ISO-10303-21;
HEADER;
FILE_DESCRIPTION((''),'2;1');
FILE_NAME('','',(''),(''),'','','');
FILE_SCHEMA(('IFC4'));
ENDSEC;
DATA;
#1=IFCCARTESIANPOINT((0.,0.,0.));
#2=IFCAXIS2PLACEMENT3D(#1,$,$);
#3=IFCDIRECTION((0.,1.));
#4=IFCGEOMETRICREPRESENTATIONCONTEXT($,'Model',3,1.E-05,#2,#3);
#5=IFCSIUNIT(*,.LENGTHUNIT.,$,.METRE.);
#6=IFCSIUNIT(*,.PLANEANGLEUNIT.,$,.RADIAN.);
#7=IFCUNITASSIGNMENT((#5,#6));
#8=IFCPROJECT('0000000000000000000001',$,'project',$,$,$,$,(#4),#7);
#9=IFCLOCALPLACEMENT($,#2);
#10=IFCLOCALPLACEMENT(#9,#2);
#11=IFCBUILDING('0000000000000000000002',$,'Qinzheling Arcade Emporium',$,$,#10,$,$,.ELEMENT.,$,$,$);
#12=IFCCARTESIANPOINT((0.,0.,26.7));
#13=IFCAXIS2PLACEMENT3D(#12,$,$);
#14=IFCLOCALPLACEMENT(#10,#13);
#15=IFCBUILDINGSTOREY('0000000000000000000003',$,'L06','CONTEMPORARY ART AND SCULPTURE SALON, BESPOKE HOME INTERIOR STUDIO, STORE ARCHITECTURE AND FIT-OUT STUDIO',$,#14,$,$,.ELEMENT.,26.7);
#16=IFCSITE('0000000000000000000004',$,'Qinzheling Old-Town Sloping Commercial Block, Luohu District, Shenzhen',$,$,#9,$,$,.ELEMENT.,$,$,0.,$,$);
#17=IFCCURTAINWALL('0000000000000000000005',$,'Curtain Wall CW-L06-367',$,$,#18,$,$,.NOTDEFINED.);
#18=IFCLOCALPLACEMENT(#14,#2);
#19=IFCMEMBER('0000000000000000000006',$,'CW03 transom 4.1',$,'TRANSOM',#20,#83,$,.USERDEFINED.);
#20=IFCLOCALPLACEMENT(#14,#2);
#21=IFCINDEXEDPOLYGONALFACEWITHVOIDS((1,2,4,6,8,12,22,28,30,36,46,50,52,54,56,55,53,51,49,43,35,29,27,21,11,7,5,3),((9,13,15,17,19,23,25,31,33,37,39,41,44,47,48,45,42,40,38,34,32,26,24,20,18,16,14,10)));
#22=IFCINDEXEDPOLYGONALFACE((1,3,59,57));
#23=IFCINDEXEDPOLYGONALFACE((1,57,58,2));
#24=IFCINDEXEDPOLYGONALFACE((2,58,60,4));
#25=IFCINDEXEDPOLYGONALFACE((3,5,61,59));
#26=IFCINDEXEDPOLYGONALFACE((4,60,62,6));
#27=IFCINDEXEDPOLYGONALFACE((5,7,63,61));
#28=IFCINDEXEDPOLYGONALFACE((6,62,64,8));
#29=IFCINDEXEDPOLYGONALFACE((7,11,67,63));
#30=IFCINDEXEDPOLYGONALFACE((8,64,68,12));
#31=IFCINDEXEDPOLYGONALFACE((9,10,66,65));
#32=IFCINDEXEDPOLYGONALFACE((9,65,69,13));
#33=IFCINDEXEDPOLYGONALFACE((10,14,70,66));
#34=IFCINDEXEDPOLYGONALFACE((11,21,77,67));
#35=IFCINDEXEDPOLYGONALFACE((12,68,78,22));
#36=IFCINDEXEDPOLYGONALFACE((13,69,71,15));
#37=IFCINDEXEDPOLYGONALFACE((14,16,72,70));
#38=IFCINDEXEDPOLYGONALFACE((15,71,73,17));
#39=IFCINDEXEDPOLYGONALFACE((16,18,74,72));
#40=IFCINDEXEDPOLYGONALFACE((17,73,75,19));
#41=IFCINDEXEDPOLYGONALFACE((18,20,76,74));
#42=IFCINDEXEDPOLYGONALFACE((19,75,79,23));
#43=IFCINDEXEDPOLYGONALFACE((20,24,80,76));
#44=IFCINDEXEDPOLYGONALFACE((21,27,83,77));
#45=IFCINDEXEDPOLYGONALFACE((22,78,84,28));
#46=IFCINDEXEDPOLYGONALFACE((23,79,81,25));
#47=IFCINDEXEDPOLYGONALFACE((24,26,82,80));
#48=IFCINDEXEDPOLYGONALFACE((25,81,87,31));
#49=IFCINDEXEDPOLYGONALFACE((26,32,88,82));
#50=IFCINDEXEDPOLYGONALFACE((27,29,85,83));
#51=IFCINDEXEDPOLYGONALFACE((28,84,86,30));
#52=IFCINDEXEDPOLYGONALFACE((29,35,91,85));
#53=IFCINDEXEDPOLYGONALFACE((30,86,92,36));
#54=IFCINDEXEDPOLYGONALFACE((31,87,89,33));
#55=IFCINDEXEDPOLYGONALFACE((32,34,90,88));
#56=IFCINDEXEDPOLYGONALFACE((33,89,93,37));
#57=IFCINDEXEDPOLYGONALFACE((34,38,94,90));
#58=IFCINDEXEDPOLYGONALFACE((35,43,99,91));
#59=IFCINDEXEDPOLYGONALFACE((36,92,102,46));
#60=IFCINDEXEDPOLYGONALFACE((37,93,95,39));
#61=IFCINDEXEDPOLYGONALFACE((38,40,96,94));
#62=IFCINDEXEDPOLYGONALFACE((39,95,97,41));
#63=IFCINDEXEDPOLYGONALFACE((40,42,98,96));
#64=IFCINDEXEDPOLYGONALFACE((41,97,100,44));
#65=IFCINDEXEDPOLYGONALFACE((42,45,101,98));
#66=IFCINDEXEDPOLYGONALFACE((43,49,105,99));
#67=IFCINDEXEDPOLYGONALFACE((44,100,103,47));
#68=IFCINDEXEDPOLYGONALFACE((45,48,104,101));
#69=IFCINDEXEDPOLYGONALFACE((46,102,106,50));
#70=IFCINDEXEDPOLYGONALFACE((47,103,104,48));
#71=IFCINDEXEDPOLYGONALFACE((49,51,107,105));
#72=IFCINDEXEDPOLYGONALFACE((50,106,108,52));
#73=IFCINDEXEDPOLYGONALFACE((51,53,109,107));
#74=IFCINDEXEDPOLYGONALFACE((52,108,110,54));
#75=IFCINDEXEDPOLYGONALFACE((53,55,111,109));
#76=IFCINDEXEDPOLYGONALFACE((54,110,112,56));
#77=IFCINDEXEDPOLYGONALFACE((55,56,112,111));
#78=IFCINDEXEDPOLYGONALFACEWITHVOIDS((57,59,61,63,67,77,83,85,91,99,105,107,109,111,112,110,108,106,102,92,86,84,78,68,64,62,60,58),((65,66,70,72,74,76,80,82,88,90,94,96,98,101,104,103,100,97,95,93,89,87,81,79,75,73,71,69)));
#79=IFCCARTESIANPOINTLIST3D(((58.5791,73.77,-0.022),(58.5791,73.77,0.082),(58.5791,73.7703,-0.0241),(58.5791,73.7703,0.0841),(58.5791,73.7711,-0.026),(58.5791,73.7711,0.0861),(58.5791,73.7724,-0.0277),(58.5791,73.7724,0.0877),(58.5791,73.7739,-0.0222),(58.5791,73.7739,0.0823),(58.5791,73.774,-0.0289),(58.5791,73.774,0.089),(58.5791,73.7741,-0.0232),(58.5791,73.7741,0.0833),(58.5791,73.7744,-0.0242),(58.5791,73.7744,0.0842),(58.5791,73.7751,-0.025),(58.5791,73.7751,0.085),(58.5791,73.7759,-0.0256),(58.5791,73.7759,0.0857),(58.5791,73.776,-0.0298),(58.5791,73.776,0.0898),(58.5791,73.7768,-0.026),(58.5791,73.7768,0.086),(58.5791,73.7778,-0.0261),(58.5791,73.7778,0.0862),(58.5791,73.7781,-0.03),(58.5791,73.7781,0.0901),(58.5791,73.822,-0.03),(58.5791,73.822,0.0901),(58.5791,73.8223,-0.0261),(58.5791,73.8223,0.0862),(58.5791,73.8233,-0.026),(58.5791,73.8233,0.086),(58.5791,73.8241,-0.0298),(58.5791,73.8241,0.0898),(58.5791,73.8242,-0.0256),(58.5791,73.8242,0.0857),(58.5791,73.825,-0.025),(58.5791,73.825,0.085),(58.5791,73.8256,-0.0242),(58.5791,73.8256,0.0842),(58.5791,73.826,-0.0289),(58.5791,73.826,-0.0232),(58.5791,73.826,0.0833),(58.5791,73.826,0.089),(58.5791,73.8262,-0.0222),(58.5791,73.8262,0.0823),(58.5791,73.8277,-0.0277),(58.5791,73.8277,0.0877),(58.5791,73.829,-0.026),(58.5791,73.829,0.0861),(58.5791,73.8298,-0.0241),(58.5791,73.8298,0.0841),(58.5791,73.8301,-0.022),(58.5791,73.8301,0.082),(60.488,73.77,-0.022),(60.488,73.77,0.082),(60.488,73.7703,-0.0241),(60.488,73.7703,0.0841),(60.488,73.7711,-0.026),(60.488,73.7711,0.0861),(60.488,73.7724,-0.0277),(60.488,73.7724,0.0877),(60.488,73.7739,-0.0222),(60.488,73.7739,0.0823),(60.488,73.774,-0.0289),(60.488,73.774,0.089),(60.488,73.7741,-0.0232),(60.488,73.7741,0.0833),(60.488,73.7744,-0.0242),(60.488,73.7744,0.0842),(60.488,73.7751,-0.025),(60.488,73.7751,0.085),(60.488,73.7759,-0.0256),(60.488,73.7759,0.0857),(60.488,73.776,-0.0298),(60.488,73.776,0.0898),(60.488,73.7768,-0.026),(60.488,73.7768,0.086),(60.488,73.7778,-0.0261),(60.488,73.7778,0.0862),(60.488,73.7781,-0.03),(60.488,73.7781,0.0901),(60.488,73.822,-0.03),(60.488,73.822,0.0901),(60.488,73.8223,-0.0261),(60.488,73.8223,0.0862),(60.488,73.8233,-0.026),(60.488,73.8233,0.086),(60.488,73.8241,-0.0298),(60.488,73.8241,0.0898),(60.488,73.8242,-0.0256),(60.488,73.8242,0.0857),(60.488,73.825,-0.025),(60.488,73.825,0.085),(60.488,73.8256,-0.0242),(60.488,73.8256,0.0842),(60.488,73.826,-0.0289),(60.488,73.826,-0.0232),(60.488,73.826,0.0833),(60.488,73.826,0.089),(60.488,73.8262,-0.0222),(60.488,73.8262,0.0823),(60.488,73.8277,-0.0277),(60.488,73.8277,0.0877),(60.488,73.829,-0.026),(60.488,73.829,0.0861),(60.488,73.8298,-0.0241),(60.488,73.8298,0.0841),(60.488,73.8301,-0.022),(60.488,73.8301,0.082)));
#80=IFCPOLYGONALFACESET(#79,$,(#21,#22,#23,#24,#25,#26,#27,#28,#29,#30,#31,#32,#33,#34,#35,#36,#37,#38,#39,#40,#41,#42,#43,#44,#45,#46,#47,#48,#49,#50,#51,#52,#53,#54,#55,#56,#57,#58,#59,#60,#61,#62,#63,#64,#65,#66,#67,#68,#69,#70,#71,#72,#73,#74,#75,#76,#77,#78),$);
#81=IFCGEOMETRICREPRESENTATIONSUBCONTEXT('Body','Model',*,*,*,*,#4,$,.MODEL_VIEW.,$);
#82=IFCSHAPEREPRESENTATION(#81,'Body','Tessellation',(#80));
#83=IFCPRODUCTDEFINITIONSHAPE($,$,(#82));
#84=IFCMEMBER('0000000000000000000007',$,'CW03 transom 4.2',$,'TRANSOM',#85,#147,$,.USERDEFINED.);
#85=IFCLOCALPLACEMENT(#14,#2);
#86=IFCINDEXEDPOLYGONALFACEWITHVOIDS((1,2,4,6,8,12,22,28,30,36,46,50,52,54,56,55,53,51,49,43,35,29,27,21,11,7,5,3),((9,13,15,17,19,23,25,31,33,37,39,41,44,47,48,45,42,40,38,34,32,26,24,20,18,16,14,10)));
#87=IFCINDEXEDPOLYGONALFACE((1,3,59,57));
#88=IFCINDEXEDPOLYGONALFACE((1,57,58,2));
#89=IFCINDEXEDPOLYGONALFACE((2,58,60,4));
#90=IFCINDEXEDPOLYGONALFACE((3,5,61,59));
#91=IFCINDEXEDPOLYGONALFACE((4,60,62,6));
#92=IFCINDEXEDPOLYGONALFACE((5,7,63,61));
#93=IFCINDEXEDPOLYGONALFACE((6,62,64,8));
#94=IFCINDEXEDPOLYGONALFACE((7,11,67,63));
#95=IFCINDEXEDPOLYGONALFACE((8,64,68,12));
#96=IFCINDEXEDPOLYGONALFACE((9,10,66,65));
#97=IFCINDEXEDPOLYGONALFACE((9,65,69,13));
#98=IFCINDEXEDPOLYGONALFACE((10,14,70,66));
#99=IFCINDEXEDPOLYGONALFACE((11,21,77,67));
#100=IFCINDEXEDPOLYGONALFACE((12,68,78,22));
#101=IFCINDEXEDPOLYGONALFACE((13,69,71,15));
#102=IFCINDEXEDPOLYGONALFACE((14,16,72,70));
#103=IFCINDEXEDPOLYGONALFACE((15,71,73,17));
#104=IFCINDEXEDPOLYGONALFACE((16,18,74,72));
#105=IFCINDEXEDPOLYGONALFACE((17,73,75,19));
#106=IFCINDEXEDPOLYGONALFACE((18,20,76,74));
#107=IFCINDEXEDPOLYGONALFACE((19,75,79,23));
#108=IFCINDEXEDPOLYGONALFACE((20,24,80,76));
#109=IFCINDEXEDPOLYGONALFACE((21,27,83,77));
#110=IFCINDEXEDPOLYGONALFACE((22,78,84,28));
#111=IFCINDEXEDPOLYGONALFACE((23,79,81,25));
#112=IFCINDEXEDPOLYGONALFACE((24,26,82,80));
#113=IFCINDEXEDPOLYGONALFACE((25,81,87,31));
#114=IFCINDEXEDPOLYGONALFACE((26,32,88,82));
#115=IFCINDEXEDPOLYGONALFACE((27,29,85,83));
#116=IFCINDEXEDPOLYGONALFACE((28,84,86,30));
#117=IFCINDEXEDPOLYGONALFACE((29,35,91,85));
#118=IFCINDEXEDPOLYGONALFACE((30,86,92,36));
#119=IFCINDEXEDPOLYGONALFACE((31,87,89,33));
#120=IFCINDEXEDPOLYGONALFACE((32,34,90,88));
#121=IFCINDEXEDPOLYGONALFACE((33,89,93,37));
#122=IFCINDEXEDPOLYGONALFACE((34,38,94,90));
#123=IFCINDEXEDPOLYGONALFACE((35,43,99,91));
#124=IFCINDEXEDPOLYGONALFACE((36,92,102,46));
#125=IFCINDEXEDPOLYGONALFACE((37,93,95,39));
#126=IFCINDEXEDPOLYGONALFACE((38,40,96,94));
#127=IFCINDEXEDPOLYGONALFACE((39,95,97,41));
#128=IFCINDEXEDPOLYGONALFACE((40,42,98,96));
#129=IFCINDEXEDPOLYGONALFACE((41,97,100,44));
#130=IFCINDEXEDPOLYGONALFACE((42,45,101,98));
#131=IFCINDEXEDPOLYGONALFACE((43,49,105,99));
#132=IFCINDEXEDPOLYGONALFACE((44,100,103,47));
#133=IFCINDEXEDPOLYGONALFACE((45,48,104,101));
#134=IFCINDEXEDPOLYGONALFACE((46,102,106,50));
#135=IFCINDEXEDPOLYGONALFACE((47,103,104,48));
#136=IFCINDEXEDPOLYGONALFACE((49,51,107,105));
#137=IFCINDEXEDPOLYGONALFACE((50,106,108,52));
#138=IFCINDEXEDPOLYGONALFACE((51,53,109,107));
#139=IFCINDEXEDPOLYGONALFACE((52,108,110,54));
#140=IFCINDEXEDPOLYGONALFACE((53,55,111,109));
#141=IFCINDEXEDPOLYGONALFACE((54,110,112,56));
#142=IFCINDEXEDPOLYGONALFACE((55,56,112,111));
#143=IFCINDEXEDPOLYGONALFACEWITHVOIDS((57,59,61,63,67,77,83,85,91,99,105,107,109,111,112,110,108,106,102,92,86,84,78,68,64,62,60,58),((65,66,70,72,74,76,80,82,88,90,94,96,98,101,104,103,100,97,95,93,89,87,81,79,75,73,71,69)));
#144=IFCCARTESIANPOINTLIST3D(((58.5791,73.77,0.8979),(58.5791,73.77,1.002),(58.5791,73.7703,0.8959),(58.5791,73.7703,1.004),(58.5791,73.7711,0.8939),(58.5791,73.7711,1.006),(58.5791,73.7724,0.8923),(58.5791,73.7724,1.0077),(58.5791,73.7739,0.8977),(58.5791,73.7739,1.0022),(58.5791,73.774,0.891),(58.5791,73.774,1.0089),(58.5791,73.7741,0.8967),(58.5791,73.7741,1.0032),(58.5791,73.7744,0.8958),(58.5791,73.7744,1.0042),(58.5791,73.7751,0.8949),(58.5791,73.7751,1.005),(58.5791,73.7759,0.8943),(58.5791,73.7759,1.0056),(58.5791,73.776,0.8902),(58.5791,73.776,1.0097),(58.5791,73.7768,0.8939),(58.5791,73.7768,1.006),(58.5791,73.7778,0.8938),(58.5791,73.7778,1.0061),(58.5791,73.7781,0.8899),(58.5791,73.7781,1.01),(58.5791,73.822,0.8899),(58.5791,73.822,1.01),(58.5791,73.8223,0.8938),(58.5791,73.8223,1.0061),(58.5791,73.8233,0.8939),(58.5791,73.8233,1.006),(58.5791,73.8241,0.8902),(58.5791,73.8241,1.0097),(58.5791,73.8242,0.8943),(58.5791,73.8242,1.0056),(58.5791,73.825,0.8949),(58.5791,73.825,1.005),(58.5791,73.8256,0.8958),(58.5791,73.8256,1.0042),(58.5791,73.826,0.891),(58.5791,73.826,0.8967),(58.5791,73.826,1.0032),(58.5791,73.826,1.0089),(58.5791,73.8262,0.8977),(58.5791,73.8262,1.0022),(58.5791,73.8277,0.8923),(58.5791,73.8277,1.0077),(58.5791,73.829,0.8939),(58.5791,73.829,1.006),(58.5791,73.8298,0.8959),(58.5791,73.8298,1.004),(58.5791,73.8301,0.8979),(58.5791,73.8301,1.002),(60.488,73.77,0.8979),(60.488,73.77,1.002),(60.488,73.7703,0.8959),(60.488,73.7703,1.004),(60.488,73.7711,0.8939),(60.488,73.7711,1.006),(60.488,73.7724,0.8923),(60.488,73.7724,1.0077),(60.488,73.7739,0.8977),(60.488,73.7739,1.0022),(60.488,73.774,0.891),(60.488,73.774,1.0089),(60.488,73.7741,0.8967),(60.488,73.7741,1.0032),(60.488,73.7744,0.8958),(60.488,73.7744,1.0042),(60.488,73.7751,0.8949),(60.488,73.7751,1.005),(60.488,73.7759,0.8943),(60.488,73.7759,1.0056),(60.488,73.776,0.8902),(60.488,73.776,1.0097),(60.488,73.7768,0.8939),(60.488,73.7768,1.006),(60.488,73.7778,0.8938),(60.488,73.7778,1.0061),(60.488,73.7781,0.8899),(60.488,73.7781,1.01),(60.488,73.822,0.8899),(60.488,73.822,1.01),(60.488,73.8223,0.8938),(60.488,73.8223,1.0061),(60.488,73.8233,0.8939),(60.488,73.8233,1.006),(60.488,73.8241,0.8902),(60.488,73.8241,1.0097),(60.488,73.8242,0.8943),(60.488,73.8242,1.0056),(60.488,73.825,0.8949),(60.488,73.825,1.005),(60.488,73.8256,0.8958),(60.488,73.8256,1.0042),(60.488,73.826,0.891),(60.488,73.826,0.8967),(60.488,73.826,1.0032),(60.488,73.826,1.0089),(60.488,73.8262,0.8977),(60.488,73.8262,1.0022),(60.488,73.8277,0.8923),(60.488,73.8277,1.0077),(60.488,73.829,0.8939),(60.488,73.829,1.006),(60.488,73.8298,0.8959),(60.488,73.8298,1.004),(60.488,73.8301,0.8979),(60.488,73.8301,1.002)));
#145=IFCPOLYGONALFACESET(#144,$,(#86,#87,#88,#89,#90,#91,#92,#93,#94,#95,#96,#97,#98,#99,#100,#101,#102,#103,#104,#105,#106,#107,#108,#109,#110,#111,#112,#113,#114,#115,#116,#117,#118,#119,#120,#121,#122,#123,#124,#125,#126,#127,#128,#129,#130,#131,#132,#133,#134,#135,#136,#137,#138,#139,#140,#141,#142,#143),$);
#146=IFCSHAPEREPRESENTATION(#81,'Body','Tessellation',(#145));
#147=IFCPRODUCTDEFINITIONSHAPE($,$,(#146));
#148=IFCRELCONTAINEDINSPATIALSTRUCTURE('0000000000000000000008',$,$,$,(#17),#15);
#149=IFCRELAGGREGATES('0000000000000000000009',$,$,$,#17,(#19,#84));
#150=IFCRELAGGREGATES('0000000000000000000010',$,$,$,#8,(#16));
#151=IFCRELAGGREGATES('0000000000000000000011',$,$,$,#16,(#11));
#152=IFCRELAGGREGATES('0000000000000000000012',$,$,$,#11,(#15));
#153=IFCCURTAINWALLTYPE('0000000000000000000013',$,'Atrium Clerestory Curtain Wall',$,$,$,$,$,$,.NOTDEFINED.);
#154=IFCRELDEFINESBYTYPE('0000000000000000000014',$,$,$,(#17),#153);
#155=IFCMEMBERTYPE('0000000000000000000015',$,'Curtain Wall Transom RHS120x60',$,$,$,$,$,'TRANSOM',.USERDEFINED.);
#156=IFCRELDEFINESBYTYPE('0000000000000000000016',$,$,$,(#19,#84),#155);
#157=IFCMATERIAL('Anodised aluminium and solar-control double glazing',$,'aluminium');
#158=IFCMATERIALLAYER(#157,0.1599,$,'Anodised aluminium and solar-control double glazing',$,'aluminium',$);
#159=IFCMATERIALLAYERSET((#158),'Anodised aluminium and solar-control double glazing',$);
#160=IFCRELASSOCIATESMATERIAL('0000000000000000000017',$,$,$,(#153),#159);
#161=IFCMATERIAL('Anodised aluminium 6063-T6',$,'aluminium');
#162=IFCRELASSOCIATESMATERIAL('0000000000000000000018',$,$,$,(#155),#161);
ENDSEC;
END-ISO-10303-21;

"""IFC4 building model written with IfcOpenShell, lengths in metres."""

from ifc_helpers import new_model, si_unit, direction, frame, origin, origin_2d, place, context, subcontext, project, spatial, hollow_rectangle, extrude, material, layer, layer_set, material_profile, profile_set, type_object, element, aggregate, save


model = new_model("IFC4")

# Units and contexts
model_context = context("Model", 3, precision=1e-05, world=origin(), true_north=direction((0.0, 1.0)))
body_context = subcontext(model_context, "Body", "Model", "MODEL_VIEW")
ifc_project = project(units=[si_unit("LENGTHUNIT", "METRE"), si_unit("PLANEANGLEUNIT", "RADIAN")], contexts=[model_context])

# Site, building, storey
site_placement = place(None, origin())
site = spatial("IfcSite", under=ifc_project, at=site_placement, Name="Qinzheling Old-Town Sloping Commercial Block, Luohu District, Shenzhen", CompositionType="ELEMENT", RefElevation=0.0)
building_placement = place(site_placement, origin())
building = spatial("IfcBuilding", under=site, at=building_placement, Name="Qinzheling Arcade Emporium", CompositionType="ELEMENT")
storey_placement = place(building_placement, frame((0.0, 0.0, 26.7)))
storey = spatial("IfcBuildingStorey", under=building, at=storey_placement, Name="L06", Description="CONTEMPORARY ART AND SCULPTURE SALON, BESPOKE HOME INTERIOR STUDIO, STORE ARCHITECTURE AND FIT-OUT STUDIO", CompositionType="ELEMENT", Elevation=26.7)

# Curtain wall
ifc_material_1 = material(Name="Anodised aluminium and solar-control double glazing", Category="aluminium")
ifc_layer_1 = layer(ifc_material_1, 0.1599, Name="Anodised aluminium and solar-control double glazing", Category="aluminium")
ifc_layer_set_1 = layer_set([ifc_layer_1], Name="Anodised aluminium and solar-control double glazing")
curtain_wall_type = type_object("IfcCurtainWallType", Name="Atrium Clerestory Curtain Wall", PredefinedType="NOTDEFINED", material=ifc_layer_set_1)
curtain_wall_1_placement = place(storey_placement, origin())
curtain_wall_1 = element("IfcCurtainWall", 1, at=curtain_wall_1_placement, inside=storey, type_object=curtain_wall_type, Name="Curtain Wall CW-L06-367", PredefinedType="NOTDEFINED")
ifc_material_2 = material(Name="Anodised aluminium 6063-T6", Category="aluminium")

# Members
ifc_material_profile_1 = material_profile(ifc_material_2, hollow_rectangle(XDim=0.0601, YDim=0.1201, WallThickness=0.0039, InnerFilletRadius=0.0039, OuterFilletRadius=0.0081, at=origin_2d()), Name="RHS 120x60x4", Category="aluminium")
ifc_profile_set_1 = profile_set([ifc_material_profile_1], Name="Anodised aluminium 6063-T6")
member_type_1 = type_object("IfcMemberType", Name="Curtain Wall Transom RHS120x60", ElementType="TRANSOM", PredefinedType="USERDEFINED", material=ifc_profile_set_1)
member_1_placement = place(storey_placement, frame((58.5791, 73.8, 0.03), z_axis=(1.0, 0.0, 0.0), x_axis=(0.0, 1.0, 0.0)))
member_1 = element("IfcMember", 2, at=member_1_placement, type_object=member_type_1, Name="CW03 transom 4.1", ObjectType="TRANSOM", PredefinedType="USERDEFINED", context=body_context, shape_type="SweptSolid", body=[
    extrude(hollow_rectangle(XDim=0.0601, YDim=0.1201, WallThickness=0.0039, InnerFilletRadius=0.0039, OuterFilletRadius=0.0081, at=origin_2d()), origin(), (0.0, 0.0, 1.0), 1.9089),
])
member_2_placement = place(storey_placement, frame((58.5791, 73.8, 0.95), z_axis=(1.0, 0.0, 0.0), x_axis=(0.0, 1.0, 0.0)))
member_2 = element("IfcMember", 3, at=member_2_placement, type_object=member_type_1, Name="CW03 transom 4.2", ObjectType="TRANSOM", PredefinedType="USERDEFINED", context=body_context, shape_type="SweptSolid", body=[
    extrude(hollow_rectangle(XDim=0.0601, YDim=0.1201, WallThickness=0.0039, InnerFilletRadius=0.0039, OuterFilletRadius=0.0081, at=origin_2d()), origin(), (0.0, 0.0, 1.0), 1.9089),
])

aggregate(curtain_wall_1, [member_1, member_2])

save(model, "model.ifc")
